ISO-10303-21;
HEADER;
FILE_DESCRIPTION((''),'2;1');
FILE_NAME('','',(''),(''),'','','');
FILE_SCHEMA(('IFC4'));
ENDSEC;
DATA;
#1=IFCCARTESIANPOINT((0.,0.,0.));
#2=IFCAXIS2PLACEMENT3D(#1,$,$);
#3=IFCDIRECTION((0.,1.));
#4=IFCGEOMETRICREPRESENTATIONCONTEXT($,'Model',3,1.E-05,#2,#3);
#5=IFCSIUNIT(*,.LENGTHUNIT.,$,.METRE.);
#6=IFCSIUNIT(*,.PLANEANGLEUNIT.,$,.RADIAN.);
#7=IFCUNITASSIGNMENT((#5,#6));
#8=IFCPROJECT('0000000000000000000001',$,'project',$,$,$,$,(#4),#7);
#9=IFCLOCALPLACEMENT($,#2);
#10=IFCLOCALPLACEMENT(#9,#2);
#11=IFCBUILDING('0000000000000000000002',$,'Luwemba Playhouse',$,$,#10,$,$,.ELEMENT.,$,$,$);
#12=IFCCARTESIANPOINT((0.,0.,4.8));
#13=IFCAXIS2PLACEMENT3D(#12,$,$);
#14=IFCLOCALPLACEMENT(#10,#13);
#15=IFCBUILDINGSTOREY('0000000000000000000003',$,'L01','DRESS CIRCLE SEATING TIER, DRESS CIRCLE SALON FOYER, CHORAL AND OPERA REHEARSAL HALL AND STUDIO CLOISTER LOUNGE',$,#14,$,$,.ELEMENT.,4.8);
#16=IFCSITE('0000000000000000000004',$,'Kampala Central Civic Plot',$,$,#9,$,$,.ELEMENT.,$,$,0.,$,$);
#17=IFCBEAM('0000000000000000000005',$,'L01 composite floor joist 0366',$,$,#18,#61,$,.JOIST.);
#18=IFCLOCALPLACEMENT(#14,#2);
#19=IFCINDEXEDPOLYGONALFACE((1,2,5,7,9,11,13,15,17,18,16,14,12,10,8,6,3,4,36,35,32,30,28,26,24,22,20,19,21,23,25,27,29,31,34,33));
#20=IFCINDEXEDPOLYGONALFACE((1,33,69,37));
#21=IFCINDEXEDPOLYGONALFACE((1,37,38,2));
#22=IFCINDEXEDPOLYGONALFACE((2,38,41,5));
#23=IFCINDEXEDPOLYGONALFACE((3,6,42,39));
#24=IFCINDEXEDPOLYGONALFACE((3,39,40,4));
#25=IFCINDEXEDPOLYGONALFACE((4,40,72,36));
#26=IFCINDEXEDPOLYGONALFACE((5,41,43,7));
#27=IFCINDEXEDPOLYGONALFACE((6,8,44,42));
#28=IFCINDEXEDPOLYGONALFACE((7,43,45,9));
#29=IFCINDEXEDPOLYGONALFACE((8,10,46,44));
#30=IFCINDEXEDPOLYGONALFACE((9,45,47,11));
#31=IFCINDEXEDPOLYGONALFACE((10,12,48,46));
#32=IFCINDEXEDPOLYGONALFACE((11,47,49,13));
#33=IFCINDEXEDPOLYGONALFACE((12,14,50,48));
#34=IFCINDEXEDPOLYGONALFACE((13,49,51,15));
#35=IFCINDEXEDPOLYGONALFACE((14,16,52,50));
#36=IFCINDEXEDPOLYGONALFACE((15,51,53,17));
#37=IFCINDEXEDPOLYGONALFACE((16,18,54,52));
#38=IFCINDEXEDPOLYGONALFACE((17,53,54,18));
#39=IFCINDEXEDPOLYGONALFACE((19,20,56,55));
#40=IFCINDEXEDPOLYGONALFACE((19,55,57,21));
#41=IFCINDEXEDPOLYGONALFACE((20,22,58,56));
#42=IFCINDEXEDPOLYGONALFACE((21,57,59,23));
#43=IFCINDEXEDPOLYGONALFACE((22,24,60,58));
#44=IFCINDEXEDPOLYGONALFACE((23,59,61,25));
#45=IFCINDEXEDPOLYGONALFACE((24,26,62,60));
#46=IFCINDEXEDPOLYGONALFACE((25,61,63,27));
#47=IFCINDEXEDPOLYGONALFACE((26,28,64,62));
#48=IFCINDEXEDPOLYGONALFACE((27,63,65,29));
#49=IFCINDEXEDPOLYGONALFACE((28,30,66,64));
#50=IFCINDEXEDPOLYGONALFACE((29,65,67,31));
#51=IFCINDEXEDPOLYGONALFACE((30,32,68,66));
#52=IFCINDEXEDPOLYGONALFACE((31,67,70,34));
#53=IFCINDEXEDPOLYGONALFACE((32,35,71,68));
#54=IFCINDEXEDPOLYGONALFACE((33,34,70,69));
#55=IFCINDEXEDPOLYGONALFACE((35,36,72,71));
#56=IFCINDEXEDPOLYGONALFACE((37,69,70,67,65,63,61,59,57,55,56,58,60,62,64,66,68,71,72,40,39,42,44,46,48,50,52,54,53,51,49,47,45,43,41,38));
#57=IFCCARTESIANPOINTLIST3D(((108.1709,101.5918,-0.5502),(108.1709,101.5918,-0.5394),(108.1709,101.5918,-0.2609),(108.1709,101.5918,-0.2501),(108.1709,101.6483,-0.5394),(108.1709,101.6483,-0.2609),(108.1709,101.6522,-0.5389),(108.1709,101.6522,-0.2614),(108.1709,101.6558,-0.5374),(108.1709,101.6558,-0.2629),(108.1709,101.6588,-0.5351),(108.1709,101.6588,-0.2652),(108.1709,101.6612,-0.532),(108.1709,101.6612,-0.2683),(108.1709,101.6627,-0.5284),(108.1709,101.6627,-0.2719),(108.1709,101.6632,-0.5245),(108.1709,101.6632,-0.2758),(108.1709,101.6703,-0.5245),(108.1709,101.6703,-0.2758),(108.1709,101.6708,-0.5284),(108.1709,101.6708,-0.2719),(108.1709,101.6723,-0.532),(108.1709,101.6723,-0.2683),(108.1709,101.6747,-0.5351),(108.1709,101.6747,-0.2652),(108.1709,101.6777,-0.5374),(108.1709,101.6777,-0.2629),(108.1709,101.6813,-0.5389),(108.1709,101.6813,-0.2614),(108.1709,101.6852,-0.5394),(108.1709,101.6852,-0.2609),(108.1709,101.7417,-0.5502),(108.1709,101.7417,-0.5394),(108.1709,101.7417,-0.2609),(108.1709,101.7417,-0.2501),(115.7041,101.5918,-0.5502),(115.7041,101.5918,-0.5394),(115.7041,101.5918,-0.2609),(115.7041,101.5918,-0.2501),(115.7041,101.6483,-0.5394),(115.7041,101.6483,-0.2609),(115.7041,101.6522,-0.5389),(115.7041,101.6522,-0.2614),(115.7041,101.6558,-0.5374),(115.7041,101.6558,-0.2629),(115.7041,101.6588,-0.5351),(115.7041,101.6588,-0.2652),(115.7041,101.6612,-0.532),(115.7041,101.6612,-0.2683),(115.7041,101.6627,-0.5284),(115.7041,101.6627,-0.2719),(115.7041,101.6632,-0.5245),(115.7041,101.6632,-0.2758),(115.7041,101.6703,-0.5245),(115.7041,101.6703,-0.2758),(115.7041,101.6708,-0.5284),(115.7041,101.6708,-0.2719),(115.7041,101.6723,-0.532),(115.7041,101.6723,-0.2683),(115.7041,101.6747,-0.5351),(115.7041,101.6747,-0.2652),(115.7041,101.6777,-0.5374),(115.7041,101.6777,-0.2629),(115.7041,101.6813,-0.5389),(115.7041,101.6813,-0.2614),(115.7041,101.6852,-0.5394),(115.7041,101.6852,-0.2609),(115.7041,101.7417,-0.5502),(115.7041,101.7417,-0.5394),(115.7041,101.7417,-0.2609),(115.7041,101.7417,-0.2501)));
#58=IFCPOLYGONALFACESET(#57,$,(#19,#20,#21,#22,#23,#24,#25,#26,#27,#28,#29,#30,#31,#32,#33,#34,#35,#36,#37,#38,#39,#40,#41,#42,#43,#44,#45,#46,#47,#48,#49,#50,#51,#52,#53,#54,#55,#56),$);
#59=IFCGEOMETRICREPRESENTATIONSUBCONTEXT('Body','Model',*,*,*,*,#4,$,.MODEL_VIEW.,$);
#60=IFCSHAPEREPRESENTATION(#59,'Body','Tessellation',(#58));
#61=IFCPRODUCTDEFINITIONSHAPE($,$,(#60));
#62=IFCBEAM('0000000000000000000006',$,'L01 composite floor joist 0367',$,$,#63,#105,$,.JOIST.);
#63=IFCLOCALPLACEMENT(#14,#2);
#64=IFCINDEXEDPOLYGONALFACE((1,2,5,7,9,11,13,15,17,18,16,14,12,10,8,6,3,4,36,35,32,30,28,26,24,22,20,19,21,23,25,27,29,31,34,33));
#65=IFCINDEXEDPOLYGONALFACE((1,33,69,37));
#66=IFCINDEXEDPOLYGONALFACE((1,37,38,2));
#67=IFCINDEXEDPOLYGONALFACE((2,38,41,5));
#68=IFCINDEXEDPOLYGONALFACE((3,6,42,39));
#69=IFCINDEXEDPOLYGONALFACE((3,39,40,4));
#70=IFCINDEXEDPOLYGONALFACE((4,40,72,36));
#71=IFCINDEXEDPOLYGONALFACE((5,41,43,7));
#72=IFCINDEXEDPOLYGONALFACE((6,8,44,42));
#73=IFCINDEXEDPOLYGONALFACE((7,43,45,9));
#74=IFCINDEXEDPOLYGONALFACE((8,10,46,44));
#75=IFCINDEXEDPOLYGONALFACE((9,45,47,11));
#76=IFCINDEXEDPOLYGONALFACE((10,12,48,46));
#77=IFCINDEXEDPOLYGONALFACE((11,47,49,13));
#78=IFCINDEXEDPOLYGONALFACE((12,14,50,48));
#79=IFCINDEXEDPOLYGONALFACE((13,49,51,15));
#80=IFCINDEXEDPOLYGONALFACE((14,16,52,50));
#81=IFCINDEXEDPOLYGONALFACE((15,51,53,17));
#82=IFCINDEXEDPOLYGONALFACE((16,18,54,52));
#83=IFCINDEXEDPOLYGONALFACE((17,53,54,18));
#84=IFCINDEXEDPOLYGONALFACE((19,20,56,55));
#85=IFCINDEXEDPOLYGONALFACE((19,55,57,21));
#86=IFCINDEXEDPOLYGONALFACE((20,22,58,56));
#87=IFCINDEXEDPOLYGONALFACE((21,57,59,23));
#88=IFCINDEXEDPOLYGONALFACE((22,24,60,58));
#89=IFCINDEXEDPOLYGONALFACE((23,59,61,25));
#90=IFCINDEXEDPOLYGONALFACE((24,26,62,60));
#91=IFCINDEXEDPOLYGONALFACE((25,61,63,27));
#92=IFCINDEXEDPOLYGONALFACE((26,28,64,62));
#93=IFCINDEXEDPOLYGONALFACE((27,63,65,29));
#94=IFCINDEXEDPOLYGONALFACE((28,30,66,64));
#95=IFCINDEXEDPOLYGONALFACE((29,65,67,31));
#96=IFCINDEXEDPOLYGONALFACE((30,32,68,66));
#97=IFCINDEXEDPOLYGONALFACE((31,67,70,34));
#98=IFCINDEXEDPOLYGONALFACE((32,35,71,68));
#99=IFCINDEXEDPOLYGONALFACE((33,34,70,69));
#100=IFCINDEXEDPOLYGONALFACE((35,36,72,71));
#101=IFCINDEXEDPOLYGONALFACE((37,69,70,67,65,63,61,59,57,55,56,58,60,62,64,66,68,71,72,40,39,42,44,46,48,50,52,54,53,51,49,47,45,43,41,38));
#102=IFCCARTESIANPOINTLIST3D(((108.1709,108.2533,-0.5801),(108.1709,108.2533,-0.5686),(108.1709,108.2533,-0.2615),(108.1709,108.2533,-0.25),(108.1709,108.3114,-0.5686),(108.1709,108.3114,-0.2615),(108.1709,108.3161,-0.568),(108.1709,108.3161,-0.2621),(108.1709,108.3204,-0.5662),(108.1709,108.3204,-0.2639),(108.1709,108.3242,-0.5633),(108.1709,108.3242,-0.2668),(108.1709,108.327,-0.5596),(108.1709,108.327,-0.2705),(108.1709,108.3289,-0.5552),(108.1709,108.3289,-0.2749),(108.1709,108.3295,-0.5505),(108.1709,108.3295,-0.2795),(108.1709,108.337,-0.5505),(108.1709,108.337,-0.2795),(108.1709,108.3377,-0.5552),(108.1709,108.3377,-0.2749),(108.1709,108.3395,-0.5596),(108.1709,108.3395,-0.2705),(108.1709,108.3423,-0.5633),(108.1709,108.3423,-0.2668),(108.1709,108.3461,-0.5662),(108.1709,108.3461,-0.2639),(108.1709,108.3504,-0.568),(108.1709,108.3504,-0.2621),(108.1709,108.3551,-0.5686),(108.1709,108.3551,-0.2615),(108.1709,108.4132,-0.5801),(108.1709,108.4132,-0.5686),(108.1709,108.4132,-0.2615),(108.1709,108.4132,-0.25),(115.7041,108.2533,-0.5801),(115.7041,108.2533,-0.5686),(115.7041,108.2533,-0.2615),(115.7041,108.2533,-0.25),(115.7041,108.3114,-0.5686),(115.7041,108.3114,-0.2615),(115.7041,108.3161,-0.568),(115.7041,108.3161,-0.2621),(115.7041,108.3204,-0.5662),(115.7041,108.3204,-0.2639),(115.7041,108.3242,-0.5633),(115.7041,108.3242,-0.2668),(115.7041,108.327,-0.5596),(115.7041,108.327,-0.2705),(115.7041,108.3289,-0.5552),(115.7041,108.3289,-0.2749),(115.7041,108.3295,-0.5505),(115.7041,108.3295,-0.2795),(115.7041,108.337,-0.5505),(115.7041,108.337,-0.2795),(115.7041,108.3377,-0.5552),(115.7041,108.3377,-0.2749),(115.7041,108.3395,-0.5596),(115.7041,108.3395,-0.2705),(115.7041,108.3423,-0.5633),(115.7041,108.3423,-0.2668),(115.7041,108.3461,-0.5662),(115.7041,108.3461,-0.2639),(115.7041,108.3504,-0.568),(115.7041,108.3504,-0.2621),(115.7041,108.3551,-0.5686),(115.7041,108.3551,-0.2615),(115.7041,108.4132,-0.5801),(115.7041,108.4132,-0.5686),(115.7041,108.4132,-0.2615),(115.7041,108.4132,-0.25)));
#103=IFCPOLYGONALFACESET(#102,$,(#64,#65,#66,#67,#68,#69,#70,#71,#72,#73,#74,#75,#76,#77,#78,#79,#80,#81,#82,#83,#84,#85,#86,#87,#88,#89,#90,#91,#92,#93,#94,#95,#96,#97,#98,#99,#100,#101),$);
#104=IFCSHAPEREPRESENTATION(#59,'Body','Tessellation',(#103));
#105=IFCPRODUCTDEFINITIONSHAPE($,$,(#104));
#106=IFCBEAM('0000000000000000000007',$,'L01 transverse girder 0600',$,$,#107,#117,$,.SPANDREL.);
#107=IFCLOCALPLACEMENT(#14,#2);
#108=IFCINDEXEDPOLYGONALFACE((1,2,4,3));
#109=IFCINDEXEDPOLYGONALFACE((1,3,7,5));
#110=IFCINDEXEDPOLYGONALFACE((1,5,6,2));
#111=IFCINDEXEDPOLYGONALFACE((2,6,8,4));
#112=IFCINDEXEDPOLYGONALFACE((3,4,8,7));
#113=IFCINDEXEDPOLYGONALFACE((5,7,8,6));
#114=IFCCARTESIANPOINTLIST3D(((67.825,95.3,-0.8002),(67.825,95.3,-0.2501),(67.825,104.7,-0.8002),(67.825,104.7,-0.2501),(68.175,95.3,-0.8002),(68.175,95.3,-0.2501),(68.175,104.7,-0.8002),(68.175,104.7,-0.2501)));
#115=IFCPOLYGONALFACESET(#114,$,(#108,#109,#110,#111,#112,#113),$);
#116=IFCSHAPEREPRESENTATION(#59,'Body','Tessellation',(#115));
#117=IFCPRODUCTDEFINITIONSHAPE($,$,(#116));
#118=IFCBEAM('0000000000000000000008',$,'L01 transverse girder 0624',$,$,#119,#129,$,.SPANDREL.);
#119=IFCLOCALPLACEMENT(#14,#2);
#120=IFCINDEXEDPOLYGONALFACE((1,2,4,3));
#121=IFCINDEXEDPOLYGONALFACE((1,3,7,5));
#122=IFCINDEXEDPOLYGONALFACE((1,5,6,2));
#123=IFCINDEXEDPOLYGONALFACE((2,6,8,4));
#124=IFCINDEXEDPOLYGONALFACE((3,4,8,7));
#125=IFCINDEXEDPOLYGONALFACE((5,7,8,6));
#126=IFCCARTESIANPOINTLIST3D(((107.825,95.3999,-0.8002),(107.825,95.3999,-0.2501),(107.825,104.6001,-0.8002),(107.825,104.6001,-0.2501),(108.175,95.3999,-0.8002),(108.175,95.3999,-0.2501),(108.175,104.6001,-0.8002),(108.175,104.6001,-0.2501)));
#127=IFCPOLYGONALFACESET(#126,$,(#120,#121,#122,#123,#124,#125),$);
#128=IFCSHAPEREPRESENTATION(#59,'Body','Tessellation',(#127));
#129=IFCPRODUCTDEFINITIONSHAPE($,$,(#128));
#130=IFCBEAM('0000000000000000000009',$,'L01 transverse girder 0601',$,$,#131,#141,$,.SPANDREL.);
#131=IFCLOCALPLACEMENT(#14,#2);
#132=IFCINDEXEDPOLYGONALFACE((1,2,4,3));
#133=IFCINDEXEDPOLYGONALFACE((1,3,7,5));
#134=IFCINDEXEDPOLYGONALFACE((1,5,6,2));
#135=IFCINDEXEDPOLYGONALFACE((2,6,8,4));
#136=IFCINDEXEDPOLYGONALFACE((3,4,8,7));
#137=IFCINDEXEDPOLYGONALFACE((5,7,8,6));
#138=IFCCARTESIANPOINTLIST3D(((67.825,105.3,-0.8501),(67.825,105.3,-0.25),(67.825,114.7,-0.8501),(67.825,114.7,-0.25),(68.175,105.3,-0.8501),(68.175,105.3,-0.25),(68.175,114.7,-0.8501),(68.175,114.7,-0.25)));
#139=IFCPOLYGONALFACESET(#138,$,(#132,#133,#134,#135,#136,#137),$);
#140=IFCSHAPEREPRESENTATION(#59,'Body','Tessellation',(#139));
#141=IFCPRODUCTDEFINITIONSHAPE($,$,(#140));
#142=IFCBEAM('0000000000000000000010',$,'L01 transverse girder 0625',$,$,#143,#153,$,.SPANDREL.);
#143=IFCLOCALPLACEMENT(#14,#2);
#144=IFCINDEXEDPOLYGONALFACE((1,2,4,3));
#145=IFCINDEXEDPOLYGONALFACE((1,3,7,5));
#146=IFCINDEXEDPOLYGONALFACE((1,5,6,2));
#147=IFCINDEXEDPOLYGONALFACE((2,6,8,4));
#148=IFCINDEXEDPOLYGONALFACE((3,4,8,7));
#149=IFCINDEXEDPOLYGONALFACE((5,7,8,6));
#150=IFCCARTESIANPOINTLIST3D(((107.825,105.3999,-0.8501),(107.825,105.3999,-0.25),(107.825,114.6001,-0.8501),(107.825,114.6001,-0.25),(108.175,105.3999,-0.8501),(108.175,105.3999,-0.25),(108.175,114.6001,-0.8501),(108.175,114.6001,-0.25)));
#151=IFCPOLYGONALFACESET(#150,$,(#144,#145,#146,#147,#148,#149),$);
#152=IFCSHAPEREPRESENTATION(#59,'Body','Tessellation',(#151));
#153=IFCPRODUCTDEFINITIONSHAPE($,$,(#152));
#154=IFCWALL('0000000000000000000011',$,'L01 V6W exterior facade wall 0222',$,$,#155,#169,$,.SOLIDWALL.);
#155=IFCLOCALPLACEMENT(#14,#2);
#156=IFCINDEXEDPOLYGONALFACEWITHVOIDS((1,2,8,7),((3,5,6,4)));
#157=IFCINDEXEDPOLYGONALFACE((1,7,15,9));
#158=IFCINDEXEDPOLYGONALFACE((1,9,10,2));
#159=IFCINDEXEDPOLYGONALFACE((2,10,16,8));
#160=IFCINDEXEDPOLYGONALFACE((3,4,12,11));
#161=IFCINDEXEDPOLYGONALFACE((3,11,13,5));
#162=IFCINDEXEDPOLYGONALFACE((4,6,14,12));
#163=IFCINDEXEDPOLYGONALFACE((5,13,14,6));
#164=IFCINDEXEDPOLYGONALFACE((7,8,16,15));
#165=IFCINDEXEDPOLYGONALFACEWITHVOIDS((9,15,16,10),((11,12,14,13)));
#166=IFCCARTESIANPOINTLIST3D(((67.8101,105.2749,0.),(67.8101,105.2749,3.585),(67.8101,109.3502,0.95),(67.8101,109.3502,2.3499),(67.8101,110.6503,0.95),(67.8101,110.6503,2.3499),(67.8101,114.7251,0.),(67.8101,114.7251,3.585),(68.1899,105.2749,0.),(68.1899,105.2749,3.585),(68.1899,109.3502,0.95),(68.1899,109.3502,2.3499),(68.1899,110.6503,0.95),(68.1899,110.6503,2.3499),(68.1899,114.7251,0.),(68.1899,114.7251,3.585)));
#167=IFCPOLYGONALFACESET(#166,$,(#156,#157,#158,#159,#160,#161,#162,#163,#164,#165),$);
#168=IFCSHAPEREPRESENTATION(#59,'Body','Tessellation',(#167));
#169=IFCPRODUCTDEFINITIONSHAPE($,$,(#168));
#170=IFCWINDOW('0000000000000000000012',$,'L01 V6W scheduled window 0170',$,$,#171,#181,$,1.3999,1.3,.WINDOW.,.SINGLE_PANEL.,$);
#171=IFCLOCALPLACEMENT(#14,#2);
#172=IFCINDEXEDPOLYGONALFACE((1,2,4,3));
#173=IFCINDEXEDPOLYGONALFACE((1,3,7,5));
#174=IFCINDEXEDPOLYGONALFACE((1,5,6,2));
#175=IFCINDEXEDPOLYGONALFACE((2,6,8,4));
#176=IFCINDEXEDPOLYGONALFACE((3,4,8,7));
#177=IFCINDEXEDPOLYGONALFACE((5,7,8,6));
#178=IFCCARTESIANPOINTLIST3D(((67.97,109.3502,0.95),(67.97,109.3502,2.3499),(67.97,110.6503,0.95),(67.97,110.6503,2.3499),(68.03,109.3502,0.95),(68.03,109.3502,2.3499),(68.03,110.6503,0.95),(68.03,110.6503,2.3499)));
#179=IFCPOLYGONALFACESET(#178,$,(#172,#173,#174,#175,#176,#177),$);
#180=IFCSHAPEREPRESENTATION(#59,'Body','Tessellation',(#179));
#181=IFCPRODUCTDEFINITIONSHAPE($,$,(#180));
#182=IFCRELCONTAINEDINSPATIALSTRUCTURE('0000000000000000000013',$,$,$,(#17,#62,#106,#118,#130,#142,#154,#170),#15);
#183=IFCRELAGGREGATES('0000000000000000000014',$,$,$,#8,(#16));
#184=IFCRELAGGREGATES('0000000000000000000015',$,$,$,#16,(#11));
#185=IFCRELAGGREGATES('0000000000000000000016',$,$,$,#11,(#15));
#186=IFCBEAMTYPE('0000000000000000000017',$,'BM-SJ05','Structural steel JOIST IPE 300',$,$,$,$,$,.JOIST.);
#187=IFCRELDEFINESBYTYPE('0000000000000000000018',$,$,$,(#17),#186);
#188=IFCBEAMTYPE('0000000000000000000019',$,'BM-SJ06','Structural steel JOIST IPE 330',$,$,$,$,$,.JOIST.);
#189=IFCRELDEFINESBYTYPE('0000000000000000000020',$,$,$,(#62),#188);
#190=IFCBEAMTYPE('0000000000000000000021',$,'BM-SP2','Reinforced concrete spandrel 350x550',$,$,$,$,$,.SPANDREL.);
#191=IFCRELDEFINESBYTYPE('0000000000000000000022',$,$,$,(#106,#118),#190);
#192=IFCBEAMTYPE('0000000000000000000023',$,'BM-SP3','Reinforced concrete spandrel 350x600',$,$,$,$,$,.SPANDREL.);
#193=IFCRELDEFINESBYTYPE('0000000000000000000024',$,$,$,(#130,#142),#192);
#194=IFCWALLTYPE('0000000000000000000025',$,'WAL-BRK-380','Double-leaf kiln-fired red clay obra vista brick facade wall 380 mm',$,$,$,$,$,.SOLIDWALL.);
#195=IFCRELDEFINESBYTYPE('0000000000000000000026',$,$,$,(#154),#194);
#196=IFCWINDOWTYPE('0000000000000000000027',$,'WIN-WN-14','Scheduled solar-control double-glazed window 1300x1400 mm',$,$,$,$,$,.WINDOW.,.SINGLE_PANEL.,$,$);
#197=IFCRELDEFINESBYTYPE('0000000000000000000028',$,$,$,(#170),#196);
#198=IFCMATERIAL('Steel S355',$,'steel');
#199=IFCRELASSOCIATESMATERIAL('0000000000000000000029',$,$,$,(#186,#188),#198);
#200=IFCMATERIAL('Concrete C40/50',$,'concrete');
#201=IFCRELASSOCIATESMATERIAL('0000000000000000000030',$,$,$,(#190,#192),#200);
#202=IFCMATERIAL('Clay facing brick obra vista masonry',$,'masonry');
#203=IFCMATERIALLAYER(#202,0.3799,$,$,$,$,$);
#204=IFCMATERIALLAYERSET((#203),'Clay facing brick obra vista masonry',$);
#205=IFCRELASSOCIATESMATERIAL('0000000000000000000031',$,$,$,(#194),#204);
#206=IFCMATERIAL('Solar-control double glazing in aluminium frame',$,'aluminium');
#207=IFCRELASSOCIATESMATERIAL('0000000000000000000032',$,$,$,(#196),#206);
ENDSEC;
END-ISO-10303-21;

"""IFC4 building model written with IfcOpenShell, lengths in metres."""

from ifc_helpers import new_model, si_unit, direction, frame, frame_2d, origin, origin_2d, place, context, subcontext, project, spatial, rectangle, i_section, extrude, material, layer, layer_set, material_profile, profile_set, type_object, element, fill, save


model = new_model("IFC4")

# Units and contexts
model_context = context("Model", 3, precision=1e-05, world=origin(), true_north=direction((0.0, 1.0)))
body_context = subcontext(model_context, "Body", "Model", "MODEL_VIEW")
ifc_project = project(units=[si_unit("LENGTHUNIT", "METRE"), si_unit("PLANEANGLEUNIT", "RADIAN")], contexts=[model_context])

# Site, building, storey
site_placement = place(None, origin())
site = spatial("IfcSite", under=ifc_project, at=site_placement, Name="Kampala Central Civic Plot", CompositionType="ELEMENT", RefElevation=0.0)
building_placement = place(site_placement, origin())
building = spatial("IfcBuilding", under=site, at=building_placement, Name="Luwemba Playhouse", CompositionType="ELEMENT")
storey_placement = place(building_placement, frame((0.0, 0.0, 4.8)))
storey = spatial("IfcBuildingStorey", under=building, at=storey_placement, Name="L01", Description="DRESS CIRCLE SEATING TIER, DRESS CIRCLE SALON FOYER, CHORAL AND OPERA REHEARSAL HALL AND STUDIO CLOISTER LOUNGE", CompositionType="ELEMENT", Elevation=4.8)

# Shared definitions
ifc_material_1 = material(Name="Concrete C40/50", Category="concrete")
ifc_material_2 = material(Name="Steel S355", Category="steel")

# Beams
ifc_material_profile_1 = material_profile(ifc_material_2, i_section(OverallWidth=0.1499, OverallDepth=0.3, WebThickness=0.0071, FlangeThickness=0.0107, FilletRadius=0.0149, at=origin_2d()))
ifc_profile_set_1 = profile_set([ifc_material_profile_1], Name="Steel S355")
beam_type_1 = type_object("IfcBeamType", Name="BM-SJ05", Description="Structural steel JOIST IPE 300", PredefinedType="JOIST", material=ifc_profile_set_1)
beam_1_placement = place(storey_placement, frame((108.1709, 101.6667, -0.4001), z_axis=(1.0, 0.0, 0.0), x_axis=(0.0, 1.0, 0.0)))
element("IfcBeam", 1, at=beam_1_placement, inside=storey, type_object=beam_type_1, Name="L01 composite floor joist 0366", PredefinedType="JOIST", context=body_context, shape_type="SweptSolid", body=[
    extrude(i_section(OverallWidth=0.1499, OverallDepth=0.3, WebThickness=0.0071, FlangeThickness=0.0107, FilletRadius=0.0149, at=origin_2d()), origin(), (0.0, 0.0, 1.0), 7.5332),
])
ifc_material_profile_2 = material_profile(ifc_material_2, i_section(OverallWidth=0.1599, OverallDepth=0.3301, WebThickness=0.0076, FlangeThickness=0.0115, FilletRadius=0.0181, at=origin_2d()))
ifc_profile_set_2 = profile_set([ifc_material_profile_2], Name="Steel S355")
beam_type_2 = type_object("IfcBeamType", Name="BM-SJ06", Description="Structural steel JOIST IPE 330", PredefinedType="JOIST", material=ifc_profile_set_2)
beam_2_placement = place(storey_placement, frame((108.1709, 108.3333, -0.415), z_axis=(1.0, 0.0, 0.0), x_axis=(0.0, 1.0, 0.0)))
element("IfcBeam", 2, at=beam_2_placement, inside=storey, type_object=beam_type_2, Name="L01 composite floor joist 0367", PredefinedType="JOIST", context=body_context, shape_type="SweptSolid", body=[
    extrude(i_section(OverallWidth=0.1599, OverallDepth=0.3301, WebThickness=0.0076, FlangeThickness=0.0115, FilletRadius=0.0181, at=origin_2d()), origin(), (0.0, 0.0, 1.0), 7.5332),
])
ifc_material_profile_3 = material_profile(ifc_material_1, rectangle(XDim=0.3501, YDim=0.55, at=origin_2d()))
ifc_profile_set_3 = profile_set([ifc_material_profile_3], Name="Concrete C40/50")
beam_type_3 = type_object("IfcBeamType", Name="BM-SP2", Description="Reinforced concrete spandrel 350x550", PredefinedType="SPANDREL", material=ifc_profile_set_3)
beam_3_placement = place(storey_placement, frame((68.0, 95.3, -0.5251), z_axis=(0.0, 1.0, 0.0), x_axis=(-1.0, 0.0, 0.0)))
element("IfcBeam", 3, at=beam_3_placement, inside=storey, type_object=beam_type_3, Name="L01 transverse girder 0600", PredefinedType="SPANDREL", context=body_context, shape_type="SweptSolid", body=[
    extrude(rectangle(XDim=0.3501, YDim=0.55, at=origin_2d()), origin(), (0.0, 0.0, 1.0), 9.3999),
])
beam_4_placement = place(storey_placement, frame((108.0, 95.3999, -0.5251), z_axis=(0.0, 1.0, 0.0), x_axis=(-1.0, 0.0, 0.0)))
element("IfcBeam", 4, at=beam_4_placement, inside=storey, type_object=beam_type_3, Name="L01 transverse girder 0624", PredefinedType="SPANDREL", context=body_context, shape_type="SweptSolid", body=[
    extrude(rectangle(XDim=0.3501, YDim=0.55, at=origin_2d()), origin(), (0.0, 0.0, 1.0), 9.2002),
])
ifc_material_profile_4 = material_profile(ifc_material_1, rectangle(XDim=0.3501, YDim=0.6001, at=origin_2d()))
ifc_profile_set_4 = profile_set([ifc_material_profile_4], Name="Concrete C40/50")
beam_type_4 = type_object("IfcBeamType", Name="BM-SP3", Description="Reinforced concrete spandrel 350x600", PredefinedType="SPANDREL", material=ifc_profile_set_4)
beam_5_placement = place(storey_placement, frame((68.0, 105.3, -0.55), z_axis=(0.0, 1.0, 0.0), x_axis=(-1.0, 0.0, 0.0)))
element("IfcBeam", 5, at=beam_5_placement, inside=storey, type_object=beam_type_4, Name="L01 transverse girder 0601", PredefinedType="SPANDREL", context=body_context, shape_type="SweptSolid", body=[
    extrude(rectangle(XDim=0.3501, YDim=0.6001, at=origin_2d()), origin(), (0.0, 0.0, 1.0), 9.3999),
])
beam_6_placement = place(storey_placement, frame((108.0, 105.3999, -0.55), z_axis=(0.0, 1.0, 0.0), x_axis=(-1.0, 0.0, 0.0)))
element("IfcBeam", 6, at=beam_6_placement, inside=storey, type_object=beam_type_4, Name="L01 transverse girder 0625", PredefinedType="SPANDREL", context=body_context, shape_type="SweptSolid", body=[
    extrude(rectangle(XDim=0.3501, YDim=0.6001, at=origin_2d()), origin(), (0.0, 0.0, 1.0), 9.2002),
])

# Wall, opening, window
ifc_material_3 = material(Name="Clay facing brick obra vista masonry", Category="masonry")
ifc_layer_1 = layer(ifc_material_3, 0.3799)
ifc_layer_set_1 = layer_set([ifc_layer_1], Name="Clay facing brick obra vista masonry")
wall_type_1 = type_object("IfcWallType", Name="WAL-BRK-380", Description="Double-leaf kiln-fired red clay obra vista brick facade wall 380 mm", PredefinedType="SOLIDWALL", material=ifc_layer_set_1)
wall_1_placement = place(storey_placement, frame((68.0, 114.7251, 0.0), z_axis=(0.0, 0.0, 1.0), x_axis=(0.0, -1.0, 0.0)))
wall_1 = element("IfcWall", 7, at=wall_1_placement, inside=storey, type_object=wall_type_1, Name="L01 V6W exterior facade wall 0222", PredefinedType="SOLIDWALL", context=body_context, shape_type="SweptSolid", body=[
    extrude(rectangle(XDim=9.4502, YDim=0.3799, at=frame_2d((4.7251, 0.0))), origin(), (0.0, 0.0, 1.0), 3.585),
])
opening_1_placement = place(wall_1_placement, frame((4.075, 0.0, 0.95)))
opening_1 = element("IfcOpeningElement", 8, at=opening_1_placement, cuts=wall_1, PredefinedType="OPENING", context=body_context, shape_type="SweptSolid", body=[
    extrude(rectangle(XDim=1.3, YDim=1.3999, at=frame_2d((0.6499, 0.7))), frame((0.0, 0.2, 0.0), z_axis=(0.0, -1.0, 0.0), x_axis=(1.0, 0.0, 0.0)), (0.0, 0.0, 1.0), 0.3999),
])
ifc_material_4 = material(Name="Solar-control double glazing in aluminium frame", Category="aluminium")
window_type_1 = type_object("IfcWindowType", Name="WIN-WN-14", Description="Scheduled solar-control double-glazed window 1300x1400 mm", PartitioningType="SINGLE_PANEL", PredefinedType="WINDOW", material=ifc_material_4)
window_1_placement = place(opening_1_placement, origin())
window_1 = element("IfcWindow", 9, at=window_1_placement, inside=storey, type_object=window_type_1, Name="L01 V6W scheduled window 0170", OverallHeight=1.3999, OverallWidth=1.3, PartitioningType="SINGLE_PANEL", PredefinedType="WINDOW", context=body_context, shape_type="SweptSolid", body=[
    extrude(rectangle(XDim=1.3, YDim=1.3999, at=frame_2d((0.6499, 0.7))), frame((0.0, 0.03, 0.0), z_axis=(0.0, -1.0, 0.0), x_axis=(1.0, 0.0, 0.0)), (0.0, 0.0, 1.0), 0.0601),
])
fill(opening_1, window_1)

save(model, "model.ifc")
